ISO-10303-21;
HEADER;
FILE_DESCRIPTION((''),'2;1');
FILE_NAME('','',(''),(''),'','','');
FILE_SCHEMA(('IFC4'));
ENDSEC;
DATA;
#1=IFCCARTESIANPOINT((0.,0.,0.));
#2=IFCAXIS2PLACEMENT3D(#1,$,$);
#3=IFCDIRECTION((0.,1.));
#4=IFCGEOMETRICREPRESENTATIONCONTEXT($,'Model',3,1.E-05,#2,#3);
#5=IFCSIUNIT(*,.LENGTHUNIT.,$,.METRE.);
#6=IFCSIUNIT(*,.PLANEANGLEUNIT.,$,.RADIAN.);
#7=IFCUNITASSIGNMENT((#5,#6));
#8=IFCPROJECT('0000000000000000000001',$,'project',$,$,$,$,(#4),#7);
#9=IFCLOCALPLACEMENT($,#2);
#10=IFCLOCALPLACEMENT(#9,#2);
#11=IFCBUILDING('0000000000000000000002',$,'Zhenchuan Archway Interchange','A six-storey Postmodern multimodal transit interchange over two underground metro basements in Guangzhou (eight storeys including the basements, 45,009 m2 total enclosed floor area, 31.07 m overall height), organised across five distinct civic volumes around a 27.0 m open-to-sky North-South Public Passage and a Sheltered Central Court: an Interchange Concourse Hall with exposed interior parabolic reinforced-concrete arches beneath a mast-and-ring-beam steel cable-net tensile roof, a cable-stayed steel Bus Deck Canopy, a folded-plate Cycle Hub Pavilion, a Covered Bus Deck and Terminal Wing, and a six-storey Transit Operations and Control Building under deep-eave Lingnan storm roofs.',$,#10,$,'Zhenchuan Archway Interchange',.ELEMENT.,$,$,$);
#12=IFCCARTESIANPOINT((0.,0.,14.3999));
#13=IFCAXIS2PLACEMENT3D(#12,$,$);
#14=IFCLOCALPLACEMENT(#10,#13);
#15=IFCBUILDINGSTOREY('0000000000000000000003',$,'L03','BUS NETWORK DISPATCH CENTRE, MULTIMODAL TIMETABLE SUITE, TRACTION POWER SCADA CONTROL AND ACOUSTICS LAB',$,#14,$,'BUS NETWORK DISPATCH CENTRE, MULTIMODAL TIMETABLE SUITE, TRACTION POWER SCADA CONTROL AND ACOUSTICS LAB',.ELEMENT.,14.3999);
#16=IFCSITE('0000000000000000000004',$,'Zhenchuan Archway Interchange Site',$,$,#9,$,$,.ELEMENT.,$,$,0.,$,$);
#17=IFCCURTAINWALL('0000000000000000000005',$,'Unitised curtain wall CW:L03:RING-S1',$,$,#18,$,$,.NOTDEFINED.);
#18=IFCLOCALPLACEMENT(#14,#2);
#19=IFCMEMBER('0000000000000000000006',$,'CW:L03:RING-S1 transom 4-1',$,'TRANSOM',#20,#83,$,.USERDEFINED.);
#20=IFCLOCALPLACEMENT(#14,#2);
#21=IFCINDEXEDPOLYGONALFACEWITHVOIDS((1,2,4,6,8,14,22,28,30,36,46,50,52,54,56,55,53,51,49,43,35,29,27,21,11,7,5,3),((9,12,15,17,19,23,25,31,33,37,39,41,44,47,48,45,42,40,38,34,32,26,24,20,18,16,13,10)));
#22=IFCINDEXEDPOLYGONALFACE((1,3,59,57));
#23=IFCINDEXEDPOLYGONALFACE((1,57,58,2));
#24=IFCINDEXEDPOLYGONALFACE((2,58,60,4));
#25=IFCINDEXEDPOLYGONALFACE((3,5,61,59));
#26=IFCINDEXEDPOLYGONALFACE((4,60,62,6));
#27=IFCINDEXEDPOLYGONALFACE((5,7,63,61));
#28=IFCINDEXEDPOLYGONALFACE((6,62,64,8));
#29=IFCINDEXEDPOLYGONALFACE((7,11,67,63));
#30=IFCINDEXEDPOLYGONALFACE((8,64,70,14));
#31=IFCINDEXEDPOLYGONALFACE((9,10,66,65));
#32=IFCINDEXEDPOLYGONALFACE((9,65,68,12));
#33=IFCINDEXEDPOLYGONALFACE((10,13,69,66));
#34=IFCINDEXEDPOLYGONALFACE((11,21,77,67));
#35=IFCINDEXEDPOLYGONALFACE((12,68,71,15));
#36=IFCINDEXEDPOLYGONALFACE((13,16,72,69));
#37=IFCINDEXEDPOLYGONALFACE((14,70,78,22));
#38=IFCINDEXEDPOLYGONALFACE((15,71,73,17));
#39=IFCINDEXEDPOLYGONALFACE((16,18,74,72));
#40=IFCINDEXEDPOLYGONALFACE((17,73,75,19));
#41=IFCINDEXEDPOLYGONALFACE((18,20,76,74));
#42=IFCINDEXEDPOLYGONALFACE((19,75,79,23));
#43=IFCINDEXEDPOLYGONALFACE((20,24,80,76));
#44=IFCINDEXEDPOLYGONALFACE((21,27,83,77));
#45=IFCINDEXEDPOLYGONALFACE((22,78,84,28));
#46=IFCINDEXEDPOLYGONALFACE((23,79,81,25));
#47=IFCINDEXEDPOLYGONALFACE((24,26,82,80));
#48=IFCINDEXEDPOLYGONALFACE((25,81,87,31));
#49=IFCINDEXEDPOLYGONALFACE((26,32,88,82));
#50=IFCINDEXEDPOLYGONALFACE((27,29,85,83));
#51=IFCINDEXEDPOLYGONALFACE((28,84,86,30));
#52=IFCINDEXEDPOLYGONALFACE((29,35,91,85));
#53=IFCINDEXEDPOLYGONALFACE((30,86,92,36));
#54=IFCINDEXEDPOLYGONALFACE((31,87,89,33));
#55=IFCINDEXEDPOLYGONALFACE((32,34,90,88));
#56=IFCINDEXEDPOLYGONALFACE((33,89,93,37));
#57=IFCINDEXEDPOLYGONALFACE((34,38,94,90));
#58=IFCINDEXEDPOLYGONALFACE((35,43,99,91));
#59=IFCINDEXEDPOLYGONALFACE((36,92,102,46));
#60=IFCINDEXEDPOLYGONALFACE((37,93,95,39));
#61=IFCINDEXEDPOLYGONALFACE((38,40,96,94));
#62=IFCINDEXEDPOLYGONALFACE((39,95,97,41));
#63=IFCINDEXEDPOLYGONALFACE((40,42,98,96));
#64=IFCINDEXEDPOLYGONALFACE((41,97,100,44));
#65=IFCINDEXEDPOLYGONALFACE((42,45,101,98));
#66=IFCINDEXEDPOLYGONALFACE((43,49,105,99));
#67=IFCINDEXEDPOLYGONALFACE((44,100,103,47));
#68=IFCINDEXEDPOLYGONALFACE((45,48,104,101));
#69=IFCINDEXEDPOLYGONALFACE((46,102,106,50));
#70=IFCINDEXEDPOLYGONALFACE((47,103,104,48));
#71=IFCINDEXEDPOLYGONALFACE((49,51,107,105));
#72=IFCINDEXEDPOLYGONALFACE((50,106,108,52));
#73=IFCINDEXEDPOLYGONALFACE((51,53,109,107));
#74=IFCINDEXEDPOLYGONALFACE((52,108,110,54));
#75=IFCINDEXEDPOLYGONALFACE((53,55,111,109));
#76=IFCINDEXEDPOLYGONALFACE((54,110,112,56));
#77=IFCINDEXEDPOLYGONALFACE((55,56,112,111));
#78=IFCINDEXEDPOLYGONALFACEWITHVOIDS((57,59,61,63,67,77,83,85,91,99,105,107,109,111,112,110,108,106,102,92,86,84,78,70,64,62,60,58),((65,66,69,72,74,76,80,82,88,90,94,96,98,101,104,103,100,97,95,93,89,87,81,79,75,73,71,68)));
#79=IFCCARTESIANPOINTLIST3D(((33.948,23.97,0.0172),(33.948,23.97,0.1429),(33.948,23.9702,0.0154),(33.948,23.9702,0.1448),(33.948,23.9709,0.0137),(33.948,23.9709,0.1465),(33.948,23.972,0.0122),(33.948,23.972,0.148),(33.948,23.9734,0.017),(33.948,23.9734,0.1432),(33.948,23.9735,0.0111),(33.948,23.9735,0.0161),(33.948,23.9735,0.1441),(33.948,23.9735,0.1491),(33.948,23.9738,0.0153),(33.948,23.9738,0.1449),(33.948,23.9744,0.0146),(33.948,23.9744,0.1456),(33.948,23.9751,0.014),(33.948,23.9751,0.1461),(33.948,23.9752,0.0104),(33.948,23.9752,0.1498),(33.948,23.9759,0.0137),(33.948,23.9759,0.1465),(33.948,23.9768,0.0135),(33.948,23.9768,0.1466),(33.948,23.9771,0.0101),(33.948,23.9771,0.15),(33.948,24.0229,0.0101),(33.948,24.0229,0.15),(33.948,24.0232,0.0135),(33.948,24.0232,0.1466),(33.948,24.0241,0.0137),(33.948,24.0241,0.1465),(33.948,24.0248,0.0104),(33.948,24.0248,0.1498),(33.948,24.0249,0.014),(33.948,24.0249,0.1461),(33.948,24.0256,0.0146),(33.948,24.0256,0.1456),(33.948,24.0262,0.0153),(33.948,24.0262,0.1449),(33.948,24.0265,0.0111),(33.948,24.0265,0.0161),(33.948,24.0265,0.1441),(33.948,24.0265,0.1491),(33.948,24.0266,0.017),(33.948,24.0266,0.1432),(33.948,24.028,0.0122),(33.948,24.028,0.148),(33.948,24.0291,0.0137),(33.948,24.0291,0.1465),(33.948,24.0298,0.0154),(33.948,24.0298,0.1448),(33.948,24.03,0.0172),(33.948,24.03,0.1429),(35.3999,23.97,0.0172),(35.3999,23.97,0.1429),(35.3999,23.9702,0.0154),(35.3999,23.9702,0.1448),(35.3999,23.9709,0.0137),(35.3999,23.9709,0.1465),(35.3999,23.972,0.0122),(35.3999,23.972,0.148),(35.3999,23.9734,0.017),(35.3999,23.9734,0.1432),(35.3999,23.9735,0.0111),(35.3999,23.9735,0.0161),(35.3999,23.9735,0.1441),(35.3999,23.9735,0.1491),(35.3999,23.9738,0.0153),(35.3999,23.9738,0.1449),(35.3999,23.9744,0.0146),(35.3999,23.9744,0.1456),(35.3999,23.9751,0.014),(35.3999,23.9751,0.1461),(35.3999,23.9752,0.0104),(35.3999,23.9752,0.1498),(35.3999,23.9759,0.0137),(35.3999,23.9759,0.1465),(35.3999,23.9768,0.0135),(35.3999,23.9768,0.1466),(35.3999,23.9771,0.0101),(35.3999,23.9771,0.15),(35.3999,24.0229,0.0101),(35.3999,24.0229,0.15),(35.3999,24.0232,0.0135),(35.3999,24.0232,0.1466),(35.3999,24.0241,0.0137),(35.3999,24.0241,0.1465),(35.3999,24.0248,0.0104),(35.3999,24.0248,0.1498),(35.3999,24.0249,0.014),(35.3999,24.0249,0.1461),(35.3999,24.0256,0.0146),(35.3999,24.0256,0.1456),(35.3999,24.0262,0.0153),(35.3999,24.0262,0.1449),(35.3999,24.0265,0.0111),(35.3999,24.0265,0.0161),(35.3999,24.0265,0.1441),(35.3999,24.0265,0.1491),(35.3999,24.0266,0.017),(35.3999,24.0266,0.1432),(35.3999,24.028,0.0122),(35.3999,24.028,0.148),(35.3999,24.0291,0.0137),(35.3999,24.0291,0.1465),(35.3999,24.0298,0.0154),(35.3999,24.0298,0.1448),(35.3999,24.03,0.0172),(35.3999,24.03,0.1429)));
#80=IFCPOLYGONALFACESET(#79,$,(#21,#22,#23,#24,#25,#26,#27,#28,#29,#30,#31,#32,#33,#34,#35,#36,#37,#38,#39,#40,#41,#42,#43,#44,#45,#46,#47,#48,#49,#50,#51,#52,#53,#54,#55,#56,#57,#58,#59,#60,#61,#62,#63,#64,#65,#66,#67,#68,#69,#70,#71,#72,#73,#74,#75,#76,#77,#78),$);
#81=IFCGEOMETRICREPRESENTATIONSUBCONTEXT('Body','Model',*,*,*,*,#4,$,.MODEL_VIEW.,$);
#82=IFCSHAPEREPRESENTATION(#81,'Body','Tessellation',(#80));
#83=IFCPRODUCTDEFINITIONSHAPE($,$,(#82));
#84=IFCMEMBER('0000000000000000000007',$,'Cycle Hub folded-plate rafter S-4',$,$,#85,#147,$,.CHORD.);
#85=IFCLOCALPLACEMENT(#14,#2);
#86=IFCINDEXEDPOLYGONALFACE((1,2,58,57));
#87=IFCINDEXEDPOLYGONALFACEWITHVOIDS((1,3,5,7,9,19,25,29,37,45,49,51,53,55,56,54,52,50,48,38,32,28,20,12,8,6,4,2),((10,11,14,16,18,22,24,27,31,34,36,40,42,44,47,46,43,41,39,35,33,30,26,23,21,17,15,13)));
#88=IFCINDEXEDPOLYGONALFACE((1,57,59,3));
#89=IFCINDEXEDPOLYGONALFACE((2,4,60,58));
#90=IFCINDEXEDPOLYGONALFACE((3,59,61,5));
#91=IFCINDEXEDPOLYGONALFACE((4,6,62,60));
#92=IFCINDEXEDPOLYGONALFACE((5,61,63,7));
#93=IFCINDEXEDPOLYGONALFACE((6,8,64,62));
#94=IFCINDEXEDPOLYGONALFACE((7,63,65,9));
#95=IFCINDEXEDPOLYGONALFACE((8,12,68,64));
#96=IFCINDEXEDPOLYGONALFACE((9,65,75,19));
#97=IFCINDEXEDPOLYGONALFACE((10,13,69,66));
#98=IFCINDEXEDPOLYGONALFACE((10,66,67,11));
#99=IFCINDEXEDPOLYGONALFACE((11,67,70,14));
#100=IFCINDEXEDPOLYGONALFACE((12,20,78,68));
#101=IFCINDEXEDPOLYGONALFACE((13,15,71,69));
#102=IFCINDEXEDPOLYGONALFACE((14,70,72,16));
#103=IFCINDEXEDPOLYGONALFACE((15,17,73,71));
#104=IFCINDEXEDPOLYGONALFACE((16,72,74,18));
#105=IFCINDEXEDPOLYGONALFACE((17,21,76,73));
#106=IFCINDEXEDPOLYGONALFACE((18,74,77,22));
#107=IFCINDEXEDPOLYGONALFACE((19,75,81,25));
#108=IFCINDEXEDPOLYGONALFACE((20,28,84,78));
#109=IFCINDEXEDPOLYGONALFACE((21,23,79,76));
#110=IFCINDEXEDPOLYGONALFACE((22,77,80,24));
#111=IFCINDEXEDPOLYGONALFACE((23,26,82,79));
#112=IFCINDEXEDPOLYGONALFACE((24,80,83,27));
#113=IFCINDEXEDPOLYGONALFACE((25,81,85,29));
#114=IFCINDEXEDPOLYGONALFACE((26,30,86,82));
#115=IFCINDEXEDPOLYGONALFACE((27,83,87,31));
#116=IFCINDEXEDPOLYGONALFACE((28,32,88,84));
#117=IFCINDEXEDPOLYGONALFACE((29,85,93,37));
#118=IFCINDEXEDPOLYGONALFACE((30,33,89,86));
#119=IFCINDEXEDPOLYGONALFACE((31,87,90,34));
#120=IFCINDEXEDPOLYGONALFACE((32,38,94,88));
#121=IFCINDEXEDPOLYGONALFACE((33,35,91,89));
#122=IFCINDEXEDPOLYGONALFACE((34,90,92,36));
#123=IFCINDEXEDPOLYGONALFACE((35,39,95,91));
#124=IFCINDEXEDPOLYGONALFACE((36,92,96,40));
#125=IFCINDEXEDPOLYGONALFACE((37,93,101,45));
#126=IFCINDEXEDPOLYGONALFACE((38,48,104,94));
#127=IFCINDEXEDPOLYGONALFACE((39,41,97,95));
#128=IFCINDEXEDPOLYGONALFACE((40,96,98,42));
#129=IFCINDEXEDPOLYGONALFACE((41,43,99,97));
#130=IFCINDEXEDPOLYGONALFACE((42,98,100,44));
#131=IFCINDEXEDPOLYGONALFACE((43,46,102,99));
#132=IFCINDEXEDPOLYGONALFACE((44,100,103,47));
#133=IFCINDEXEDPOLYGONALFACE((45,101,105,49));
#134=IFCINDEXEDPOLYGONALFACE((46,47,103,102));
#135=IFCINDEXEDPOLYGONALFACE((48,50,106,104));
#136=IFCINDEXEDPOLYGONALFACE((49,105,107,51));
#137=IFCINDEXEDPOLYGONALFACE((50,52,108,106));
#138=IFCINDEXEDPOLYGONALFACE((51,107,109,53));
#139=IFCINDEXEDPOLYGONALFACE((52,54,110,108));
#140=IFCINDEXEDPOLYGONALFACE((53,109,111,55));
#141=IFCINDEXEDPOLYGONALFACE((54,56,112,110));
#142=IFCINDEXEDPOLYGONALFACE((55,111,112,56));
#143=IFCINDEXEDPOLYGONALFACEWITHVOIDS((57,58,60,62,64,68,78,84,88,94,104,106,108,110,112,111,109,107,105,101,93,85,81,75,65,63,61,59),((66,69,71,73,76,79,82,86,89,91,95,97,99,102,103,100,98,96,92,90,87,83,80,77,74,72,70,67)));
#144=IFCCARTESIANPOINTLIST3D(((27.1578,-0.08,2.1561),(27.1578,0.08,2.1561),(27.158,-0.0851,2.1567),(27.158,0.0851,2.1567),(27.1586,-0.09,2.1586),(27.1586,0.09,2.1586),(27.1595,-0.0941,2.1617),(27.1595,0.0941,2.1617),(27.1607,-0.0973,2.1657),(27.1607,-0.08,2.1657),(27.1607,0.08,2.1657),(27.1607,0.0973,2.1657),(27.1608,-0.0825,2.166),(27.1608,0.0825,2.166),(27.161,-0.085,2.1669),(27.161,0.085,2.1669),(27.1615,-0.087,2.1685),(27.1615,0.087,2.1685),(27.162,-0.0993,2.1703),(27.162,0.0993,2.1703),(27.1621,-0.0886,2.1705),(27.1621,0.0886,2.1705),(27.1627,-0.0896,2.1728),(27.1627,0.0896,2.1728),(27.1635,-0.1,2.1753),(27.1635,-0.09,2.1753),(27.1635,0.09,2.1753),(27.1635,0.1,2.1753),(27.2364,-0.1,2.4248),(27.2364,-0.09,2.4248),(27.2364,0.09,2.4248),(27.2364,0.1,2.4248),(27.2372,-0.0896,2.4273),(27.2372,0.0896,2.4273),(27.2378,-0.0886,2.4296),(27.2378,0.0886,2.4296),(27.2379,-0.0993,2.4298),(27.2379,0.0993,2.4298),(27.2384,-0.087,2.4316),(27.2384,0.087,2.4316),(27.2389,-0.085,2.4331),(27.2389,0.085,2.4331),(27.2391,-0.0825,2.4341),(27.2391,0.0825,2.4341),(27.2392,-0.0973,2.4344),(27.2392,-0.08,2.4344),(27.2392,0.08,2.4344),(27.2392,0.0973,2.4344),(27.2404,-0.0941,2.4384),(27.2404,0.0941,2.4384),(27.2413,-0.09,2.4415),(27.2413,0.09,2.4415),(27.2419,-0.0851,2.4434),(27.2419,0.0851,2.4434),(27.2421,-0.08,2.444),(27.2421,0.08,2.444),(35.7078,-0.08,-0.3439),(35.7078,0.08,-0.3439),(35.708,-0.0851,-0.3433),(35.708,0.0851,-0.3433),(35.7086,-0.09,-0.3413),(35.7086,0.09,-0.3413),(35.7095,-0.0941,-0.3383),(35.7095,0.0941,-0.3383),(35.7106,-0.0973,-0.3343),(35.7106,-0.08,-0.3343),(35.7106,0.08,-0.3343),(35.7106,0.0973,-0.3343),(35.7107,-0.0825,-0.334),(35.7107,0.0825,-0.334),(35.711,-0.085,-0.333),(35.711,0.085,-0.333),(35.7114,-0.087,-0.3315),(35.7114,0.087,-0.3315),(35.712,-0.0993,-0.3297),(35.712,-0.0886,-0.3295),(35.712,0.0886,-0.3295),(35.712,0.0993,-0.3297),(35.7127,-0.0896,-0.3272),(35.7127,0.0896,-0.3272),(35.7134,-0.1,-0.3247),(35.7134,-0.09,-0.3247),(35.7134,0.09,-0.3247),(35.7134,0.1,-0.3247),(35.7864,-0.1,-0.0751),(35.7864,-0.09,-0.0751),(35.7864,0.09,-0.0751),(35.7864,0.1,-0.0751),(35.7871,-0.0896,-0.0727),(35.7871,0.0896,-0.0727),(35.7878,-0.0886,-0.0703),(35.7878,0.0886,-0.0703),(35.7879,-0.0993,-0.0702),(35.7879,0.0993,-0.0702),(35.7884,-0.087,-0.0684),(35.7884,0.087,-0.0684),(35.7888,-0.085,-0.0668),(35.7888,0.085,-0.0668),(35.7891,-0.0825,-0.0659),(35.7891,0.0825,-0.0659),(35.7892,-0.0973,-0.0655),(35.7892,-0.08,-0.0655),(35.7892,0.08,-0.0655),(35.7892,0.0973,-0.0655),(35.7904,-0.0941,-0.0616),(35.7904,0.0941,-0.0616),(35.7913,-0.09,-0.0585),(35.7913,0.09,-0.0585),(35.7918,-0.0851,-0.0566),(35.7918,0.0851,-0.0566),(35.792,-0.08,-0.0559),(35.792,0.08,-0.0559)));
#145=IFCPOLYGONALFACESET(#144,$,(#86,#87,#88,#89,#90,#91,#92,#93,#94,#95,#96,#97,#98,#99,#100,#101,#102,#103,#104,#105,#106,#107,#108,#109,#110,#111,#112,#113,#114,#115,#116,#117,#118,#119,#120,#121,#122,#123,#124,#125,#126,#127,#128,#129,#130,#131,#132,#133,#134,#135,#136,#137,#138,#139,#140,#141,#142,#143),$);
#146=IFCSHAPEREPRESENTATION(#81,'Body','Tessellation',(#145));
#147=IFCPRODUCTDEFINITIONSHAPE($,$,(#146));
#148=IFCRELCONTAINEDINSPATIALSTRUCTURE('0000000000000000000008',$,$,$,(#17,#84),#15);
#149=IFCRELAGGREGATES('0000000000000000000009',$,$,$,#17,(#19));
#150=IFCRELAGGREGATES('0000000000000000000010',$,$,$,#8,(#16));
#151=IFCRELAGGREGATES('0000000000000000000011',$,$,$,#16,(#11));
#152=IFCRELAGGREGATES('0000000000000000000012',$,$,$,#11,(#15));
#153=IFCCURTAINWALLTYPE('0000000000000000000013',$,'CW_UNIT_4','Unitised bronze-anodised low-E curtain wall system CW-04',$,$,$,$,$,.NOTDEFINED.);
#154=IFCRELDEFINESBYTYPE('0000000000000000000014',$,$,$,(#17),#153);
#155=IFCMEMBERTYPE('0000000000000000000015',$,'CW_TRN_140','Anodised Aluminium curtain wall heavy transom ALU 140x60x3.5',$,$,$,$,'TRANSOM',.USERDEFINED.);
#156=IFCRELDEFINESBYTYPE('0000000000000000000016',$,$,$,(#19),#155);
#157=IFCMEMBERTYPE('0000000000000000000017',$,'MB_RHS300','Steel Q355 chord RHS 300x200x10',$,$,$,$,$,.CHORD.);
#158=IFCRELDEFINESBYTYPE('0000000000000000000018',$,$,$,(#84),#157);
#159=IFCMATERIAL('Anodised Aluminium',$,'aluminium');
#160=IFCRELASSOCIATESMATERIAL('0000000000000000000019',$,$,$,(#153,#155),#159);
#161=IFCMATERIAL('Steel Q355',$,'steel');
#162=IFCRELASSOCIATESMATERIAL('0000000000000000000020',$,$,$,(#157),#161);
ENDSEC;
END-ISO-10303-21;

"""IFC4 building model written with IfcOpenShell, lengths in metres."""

from ifc_helpers import new_model, si_unit, direction, frame, origin, origin_2d, place, context, subcontext, project, spatial, hollow_rectangle, extrude, material, material_profile, profile_set, type_object, element, aggregate, save


model = new_model("IFC4")

# Units and contexts
model_context = context("Model", 3, precision=1e-05, world=origin(), true_north=direction((0.0, 1.0)))
body_context = subcontext(model_context, "Body", "Model", "MODEL_VIEW")
ifc_project = project(units=[si_unit("LENGTHUNIT", "METRE"), si_unit("PLANEANGLEUNIT", "RADIAN")], contexts=[model_context])

# Site, building, storey
site_placement = place(None, origin())
site = spatial("IfcSite", under=ifc_project, at=site_placement, Name="Zhenchuan Archway Interchange Site", CompositionType="ELEMENT", RefElevation=0.0)
building_placement = place(site_placement, origin())
building = spatial("IfcBuilding", under=site, at=building_placement, Name="Zhenchuan Archway Interchange", Description="A six-storey Postmodern multimodal transit interchange over two underground metro basements in Guangzhou (eight storeys including the basements, 45,009 m2 total enclosed floor area, 31.07 m overall height), organised across five distinct civic volumes around a 27.0 m open-to-sky North-South Public Passage and a Sheltered Central Court: an Interchange Concourse Hall with exposed interior parabolic reinforced-concrete arches beneath a mast-and-ring-beam steel cable-net tensile roof, a cable-stayed steel Bus Deck Canopy, a folded-plate Cycle Hub Pavilion, a Covered Bus Deck and Terminal Wing, and a six-storey Transit Operations and Control Building under deep-eave Lingnan storm roofs.", LongName="Zhenchuan Archway Interchange", CompositionType="ELEMENT")
storey_placement = place(building_placement, frame((0.0, 0.0, 14.3999)))
storey = spatial("IfcBuildingStorey", under=building, at=storey_placement, Name="L03", Description="BUS NETWORK DISPATCH CENTRE, MULTIMODAL TIMETABLE SUITE, TRACTION POWER SCADA CONTROL AND ACOUSTICS LAB", LongName="BUS NETWORK DISPATCH CENTRE, MULTIMODAL TIMETABLE SUITE, TRACTION POWER SCADA CONTROL AND ACOUSTICS LAB", CompositionType="ELEMENT", Elevation=14.3999)

# Curtain wall, member
ifc_material_1 = material(Name="Anodised Aluminium", Category="aluminium")
curtain_wall_type = type_object("IfcCurtainWallType", Name="CW_UNIT_4", Description="Unitised bronze-anodised low-E curtain wall system CW-04", PredefinedType="NOTDEFINED", material=ifc_material_1)
curtain_wall_placement = place(storey_placement, origin())
curtain_wall = element("IfcCurtainWall", 1, at=curtain_wall_placement, inside=storey, type_object=curtain_wall_type, Name="Unitised curtain wall CW:L03:RING-S1", PredefinedType="NOTDEFINED")
ifc_material_profile_1 = material_profile(ifc_material_1, hollow_rectangle(XDim=0.0601, YDim=0.1399, WallThickness=0.0034, InnerFilletRadius=0.0034, OuterFilletRadius=0.0071, at=origin_2d()), Name="ALU 140x60x3.5")
ifc_profile_set_1 = profile_set([ifc_material_profile_1], Name="Anodised Aluminium")
member_type_1 = type_object("IfcMemberType", Name="CW_TRN_140", Description="Anodised Aluminium curtain wall heavy transom ALU 140x60x3.5", ElementType="TRANSOM", PredefinedType="USERDEFINED", material=ifc_profile_set_1)
member_1_placement = place(storey_placement, frame((33.948, 24.0, 0.0801), z_axis=(1.0, 0.0, 0.0), x_axis=(0.0, 1.0, 0.0)))
member_1 = element("IfcMember", 2, at=member_1_placement, type_object=member_type_1, Name="CW:L03:RING-S1 transom 4-1", ObjectType="TRANSOM", PredefinedType="USERDEFINED", context=body_context, shape_type="SweptSolid", body=[
    extrude(hollow_rectangle(XDim=0.0601, YDim=0.1399, WallThickness=0.0034, InnerFilletRadius=0.0034, OuterFilletRadius=0.0071, at=origin_2d()), origin(), (0.0, 0.0, 1.0), 1.4519),
])

# Member
ifc_material_2 = material(Name="Steel Q355", Category="steel")
ifc_material_profile_2 = material_profile(ifc_material_2, hollow_rectangle(XDim=0.2, YDim=0.3, WallThickness=0.01, InnerFilletRadius=0.01, OuterFilletRadius=0.02, at=origin_2d()), Name="RHS 300x200x10")
ifc_profile_set_2 = profile_set([ifc_material_profile_2], Name="Steel Q355")
member_type_2 = type_object("IfcMemberType", Name="MB_RHS300", Description="Steel Q355 chord RHS 300x200x10", PredefinedType="CHORD", material=ifc_profile_set_2)
for number, where, z_axis, x_axis, name in (
    (3, (27.2, 0.0, 2.3), (0.959812, 0.0, -0.280645), (0.0, 1.0, 0.0), "Cycle Hub folded-plate rafter S-4"),
):
    element("IfcMember", number, at=place(storey_placement, frame(where, z_axis=z_axis, x_axis=x_axis)), inside=storey, type_object=member_type_2, Name=name, PredefinedType="CHORD", context=body_context, shape_type="SweptSolid", body=[
        extrude(hollow_rectangle(XDim=0.2, YDim=0.3, WallThickness=0.01, InnerFilletRadius=0.01, OuterFilletRadius=0.02, at=origin_2d()), origin(), (0.0, 0.0, 1.0), 8.908),
    ])

aggregate(curtain_wall, [member_1])

save(model, "model.ifc")
